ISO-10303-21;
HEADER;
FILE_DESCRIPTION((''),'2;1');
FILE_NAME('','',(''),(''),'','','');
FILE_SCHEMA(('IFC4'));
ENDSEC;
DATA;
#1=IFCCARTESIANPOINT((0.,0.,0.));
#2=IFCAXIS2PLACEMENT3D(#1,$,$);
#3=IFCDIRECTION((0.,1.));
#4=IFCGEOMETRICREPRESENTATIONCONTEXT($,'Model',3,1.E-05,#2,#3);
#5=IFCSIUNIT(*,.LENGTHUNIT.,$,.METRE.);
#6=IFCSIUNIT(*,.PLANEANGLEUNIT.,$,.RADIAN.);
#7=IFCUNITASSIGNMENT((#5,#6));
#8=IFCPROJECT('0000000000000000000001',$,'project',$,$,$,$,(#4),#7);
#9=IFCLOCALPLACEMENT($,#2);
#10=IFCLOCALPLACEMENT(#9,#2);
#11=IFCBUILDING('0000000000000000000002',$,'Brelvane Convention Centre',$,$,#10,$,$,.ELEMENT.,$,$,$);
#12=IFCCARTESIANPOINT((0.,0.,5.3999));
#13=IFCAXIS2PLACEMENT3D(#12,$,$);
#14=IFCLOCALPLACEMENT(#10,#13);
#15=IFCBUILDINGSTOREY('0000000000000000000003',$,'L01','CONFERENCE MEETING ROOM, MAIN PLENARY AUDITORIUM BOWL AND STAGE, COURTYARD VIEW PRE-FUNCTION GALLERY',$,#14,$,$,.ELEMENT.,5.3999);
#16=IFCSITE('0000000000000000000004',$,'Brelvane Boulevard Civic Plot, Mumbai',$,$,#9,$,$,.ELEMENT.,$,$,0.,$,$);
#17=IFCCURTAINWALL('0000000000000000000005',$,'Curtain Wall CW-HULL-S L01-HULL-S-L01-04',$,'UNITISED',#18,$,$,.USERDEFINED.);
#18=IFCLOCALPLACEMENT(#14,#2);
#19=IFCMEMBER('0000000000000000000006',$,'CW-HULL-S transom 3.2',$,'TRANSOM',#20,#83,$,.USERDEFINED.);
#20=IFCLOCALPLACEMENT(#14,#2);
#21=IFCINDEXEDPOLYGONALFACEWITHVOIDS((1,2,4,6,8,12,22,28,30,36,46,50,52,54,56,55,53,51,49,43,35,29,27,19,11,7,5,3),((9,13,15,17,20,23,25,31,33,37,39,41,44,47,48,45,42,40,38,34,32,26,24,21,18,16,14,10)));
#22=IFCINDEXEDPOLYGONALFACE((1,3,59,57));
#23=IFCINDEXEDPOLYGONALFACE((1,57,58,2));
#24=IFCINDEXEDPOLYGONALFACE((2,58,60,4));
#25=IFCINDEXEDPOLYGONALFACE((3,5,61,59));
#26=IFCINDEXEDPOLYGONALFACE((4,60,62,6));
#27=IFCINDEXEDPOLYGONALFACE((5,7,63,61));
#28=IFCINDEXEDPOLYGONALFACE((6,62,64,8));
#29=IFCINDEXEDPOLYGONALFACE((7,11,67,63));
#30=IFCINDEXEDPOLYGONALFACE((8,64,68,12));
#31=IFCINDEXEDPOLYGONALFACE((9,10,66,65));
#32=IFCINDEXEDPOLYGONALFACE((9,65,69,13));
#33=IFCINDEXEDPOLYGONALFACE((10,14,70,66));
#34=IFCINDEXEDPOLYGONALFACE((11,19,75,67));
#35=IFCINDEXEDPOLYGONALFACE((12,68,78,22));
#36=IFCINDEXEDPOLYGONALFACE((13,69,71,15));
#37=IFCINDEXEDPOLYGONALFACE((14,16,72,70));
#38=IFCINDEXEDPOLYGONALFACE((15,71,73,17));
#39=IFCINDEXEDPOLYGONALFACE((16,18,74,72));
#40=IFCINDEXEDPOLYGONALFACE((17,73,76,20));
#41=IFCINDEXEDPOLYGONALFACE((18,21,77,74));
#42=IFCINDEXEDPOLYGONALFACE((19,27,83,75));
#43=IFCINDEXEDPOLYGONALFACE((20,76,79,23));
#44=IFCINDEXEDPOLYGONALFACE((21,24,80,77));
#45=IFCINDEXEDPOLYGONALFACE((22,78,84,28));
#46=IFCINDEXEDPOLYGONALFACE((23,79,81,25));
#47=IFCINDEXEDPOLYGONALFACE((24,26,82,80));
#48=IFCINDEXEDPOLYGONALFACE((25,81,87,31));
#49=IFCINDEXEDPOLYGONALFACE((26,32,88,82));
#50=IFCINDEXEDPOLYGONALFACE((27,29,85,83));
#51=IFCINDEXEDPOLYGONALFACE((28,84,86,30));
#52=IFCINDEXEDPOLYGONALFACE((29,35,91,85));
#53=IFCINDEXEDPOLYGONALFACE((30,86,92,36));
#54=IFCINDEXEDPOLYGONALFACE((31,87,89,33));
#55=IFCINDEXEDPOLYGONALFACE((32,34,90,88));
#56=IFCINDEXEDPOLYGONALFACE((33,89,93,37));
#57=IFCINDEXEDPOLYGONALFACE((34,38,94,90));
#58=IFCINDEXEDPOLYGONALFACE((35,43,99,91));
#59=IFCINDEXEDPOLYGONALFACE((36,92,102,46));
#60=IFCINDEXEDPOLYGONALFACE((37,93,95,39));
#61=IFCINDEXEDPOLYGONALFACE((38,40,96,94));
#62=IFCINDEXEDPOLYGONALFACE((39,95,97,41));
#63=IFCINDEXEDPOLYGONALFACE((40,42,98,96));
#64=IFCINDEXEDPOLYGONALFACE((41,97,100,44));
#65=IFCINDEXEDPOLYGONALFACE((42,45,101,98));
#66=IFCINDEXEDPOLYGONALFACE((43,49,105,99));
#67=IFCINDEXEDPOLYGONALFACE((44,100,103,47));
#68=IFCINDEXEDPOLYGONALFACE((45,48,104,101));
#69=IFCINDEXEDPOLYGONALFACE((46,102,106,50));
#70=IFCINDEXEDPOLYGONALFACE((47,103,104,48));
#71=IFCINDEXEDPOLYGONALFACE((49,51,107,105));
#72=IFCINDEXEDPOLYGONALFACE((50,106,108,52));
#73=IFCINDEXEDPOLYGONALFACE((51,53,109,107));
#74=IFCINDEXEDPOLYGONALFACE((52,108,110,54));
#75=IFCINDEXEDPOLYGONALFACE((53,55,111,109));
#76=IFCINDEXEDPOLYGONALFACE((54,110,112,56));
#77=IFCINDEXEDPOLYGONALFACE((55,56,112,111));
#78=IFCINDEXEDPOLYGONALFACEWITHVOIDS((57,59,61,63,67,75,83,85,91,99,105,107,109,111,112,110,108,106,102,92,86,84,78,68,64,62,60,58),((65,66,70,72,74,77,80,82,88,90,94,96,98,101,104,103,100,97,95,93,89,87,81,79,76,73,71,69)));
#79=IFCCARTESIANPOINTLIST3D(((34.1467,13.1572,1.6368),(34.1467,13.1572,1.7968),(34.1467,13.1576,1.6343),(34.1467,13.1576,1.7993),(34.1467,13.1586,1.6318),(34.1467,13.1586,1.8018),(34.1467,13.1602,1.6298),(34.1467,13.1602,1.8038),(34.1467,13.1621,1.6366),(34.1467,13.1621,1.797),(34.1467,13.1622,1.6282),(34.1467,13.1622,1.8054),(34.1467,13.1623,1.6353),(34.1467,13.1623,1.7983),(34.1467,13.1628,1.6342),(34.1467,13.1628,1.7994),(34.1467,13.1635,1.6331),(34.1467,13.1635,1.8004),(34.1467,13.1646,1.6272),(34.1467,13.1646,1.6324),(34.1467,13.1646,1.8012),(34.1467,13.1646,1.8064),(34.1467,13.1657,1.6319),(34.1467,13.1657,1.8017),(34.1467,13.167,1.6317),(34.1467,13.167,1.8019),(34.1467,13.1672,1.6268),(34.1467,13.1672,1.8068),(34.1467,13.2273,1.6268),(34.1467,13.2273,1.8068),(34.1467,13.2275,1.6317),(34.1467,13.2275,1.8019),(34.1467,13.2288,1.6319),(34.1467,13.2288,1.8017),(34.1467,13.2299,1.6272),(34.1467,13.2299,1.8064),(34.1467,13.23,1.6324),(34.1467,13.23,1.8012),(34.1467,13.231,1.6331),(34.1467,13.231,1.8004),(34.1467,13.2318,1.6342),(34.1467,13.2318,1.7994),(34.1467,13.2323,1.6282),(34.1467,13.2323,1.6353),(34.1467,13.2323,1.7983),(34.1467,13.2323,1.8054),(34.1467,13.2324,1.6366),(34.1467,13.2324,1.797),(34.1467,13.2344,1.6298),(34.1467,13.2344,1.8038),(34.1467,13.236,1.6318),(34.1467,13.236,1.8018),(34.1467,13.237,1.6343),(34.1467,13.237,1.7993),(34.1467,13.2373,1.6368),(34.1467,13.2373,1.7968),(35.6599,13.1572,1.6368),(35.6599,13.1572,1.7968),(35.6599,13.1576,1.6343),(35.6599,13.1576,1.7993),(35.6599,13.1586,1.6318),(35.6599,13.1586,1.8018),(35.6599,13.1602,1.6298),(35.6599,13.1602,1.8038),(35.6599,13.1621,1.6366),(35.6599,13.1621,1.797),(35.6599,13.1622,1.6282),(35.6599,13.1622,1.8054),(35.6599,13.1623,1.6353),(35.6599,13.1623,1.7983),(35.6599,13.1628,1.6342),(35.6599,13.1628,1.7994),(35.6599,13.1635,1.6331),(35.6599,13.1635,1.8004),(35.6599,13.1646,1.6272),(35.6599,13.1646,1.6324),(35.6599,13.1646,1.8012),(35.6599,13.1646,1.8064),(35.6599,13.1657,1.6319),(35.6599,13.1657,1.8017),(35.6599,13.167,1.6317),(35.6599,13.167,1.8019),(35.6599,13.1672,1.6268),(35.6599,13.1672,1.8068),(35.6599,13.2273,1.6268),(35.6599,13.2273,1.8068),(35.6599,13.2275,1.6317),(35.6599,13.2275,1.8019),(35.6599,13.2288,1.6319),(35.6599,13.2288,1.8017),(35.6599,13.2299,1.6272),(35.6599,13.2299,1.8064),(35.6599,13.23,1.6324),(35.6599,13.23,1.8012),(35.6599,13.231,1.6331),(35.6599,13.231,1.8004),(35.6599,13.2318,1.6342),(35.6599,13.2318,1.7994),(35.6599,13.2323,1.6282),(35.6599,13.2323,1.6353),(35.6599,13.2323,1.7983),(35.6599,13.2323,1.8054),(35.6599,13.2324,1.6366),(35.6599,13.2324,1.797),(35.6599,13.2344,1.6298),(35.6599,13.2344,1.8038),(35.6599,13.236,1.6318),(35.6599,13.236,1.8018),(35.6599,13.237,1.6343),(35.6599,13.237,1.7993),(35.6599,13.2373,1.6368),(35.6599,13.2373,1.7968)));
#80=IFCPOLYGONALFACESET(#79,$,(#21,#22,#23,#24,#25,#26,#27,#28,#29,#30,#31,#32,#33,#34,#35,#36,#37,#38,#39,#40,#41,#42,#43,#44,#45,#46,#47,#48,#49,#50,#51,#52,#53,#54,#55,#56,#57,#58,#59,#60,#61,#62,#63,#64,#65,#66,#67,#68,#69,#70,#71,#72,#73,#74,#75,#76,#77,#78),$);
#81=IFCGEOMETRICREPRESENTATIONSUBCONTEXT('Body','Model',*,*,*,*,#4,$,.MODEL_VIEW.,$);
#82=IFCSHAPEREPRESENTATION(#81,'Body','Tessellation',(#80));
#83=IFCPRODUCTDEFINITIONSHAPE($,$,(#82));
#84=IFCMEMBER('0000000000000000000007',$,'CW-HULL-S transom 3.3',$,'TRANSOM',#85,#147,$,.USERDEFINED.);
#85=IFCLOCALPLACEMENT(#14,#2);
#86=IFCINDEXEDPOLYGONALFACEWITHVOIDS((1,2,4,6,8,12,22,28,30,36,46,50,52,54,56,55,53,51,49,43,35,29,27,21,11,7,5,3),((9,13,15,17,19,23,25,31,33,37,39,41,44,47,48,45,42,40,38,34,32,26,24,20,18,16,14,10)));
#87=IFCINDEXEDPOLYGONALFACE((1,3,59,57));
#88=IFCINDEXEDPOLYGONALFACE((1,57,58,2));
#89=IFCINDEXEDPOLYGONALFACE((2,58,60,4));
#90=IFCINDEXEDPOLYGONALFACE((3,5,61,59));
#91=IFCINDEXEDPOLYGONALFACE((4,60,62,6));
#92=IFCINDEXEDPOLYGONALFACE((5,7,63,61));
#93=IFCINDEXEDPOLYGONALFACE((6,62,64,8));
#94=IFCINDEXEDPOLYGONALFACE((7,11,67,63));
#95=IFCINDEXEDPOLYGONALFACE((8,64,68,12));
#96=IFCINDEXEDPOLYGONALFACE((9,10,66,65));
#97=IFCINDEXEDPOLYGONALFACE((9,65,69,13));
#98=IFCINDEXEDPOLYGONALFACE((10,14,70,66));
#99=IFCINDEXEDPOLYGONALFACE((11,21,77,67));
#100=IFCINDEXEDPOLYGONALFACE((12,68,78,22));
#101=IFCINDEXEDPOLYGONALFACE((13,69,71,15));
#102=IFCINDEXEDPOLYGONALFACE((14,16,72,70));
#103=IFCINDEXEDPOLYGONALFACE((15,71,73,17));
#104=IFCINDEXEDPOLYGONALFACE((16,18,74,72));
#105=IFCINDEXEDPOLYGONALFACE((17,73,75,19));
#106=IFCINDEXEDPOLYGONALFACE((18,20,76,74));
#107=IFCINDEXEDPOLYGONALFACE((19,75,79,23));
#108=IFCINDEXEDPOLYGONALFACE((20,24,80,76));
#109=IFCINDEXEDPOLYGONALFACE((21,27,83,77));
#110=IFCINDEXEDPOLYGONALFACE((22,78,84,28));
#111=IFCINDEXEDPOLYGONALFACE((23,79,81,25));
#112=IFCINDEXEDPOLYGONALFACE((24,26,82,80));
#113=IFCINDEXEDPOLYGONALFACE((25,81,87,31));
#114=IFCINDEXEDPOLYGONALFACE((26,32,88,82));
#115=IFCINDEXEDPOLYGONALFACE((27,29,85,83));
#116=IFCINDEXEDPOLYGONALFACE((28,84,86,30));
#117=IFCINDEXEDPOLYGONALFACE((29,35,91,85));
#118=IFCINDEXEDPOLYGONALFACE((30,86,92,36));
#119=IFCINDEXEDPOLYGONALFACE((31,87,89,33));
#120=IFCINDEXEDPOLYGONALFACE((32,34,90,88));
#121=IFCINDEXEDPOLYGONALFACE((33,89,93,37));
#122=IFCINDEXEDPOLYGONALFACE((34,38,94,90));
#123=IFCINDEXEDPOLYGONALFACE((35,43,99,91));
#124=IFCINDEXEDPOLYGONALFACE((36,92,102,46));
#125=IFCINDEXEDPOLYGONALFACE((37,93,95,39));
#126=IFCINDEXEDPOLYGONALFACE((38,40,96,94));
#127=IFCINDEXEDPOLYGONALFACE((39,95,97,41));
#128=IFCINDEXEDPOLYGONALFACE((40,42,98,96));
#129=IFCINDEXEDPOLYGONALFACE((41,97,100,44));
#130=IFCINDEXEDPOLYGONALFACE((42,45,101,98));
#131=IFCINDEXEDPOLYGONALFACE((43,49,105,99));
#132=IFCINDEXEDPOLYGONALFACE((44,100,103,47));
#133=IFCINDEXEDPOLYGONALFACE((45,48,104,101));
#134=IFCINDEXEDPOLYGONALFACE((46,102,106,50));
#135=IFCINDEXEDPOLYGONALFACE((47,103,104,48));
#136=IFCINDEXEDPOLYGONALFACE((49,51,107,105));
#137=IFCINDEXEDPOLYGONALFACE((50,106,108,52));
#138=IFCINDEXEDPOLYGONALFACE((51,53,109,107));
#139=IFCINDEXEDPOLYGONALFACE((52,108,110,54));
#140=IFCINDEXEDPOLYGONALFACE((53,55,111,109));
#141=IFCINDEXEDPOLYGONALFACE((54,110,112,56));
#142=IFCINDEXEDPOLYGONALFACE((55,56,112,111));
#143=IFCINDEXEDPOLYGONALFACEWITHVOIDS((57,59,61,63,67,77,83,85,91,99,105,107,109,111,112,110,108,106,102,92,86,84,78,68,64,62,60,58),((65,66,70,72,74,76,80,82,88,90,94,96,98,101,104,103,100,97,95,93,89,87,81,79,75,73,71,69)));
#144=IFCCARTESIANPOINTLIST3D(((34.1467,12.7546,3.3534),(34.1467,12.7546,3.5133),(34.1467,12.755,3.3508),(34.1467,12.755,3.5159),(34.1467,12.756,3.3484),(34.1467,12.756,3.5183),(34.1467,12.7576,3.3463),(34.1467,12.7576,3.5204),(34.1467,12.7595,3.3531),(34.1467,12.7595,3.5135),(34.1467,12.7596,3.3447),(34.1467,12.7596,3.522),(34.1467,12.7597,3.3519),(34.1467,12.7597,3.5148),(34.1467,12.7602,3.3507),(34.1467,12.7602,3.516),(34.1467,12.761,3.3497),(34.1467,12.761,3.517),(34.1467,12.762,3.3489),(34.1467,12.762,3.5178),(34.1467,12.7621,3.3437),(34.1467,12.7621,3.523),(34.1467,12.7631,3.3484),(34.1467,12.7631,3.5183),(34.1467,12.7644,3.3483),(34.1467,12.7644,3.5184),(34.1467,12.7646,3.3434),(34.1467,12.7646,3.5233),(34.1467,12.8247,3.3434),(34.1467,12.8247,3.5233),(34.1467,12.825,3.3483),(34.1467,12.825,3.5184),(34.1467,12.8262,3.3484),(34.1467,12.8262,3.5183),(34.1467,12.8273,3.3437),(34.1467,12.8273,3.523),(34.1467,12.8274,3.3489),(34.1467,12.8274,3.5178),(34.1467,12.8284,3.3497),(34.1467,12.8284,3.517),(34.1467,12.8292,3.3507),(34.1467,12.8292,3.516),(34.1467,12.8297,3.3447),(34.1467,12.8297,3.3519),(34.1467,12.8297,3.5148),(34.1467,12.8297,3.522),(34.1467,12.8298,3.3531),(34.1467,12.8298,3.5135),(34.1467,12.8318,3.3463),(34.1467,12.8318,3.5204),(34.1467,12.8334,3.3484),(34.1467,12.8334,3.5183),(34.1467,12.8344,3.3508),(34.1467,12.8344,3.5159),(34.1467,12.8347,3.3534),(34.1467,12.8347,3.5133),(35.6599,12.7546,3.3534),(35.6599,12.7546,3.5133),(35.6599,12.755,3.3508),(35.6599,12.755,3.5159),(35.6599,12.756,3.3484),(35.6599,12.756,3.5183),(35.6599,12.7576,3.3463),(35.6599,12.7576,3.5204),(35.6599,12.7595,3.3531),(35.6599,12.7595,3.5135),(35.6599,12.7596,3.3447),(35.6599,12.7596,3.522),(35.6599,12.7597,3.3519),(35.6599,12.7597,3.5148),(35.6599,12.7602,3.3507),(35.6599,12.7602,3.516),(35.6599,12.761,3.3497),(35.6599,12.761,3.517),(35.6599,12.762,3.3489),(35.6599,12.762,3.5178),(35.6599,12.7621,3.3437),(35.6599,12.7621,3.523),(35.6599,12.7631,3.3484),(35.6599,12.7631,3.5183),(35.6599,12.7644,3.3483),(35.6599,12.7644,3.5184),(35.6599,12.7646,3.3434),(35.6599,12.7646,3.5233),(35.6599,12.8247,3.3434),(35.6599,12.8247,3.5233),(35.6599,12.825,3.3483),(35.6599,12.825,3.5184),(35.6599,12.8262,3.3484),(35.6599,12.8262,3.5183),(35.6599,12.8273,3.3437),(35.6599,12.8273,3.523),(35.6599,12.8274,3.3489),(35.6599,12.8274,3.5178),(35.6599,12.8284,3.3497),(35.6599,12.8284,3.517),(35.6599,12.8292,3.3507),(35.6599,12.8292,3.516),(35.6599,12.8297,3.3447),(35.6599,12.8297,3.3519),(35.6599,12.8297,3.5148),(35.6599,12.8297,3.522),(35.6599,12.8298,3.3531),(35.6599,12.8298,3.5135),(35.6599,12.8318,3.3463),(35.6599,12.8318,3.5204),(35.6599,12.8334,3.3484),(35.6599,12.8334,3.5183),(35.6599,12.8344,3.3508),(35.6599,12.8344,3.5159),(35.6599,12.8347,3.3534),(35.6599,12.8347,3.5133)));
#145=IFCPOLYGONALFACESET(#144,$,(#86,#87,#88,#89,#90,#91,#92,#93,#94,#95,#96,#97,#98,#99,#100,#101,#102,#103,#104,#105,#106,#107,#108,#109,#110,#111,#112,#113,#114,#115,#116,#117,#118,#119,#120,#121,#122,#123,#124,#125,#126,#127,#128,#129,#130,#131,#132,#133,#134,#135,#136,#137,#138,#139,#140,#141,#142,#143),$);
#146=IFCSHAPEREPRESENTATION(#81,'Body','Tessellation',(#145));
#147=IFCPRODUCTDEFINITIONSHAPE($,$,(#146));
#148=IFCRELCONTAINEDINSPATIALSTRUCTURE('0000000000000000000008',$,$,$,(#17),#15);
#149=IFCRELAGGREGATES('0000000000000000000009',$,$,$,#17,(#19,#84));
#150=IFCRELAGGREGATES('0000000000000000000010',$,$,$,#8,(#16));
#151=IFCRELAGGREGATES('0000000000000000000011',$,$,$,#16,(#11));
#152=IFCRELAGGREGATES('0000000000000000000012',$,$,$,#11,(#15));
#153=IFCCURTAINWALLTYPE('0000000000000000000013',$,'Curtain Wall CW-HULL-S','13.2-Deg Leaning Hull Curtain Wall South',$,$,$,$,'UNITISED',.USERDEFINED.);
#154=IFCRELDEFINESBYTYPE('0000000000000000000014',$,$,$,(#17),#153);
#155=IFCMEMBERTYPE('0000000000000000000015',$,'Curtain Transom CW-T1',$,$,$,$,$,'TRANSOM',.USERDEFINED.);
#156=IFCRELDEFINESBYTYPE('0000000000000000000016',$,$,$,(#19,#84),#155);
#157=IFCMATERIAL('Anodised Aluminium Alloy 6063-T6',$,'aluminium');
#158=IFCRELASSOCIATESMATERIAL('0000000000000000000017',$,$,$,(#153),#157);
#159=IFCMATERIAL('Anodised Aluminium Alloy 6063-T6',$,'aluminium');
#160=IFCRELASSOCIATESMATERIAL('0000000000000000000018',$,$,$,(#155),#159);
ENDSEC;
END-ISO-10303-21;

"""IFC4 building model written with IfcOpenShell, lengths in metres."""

from ifc_helpers import new_model, si_unit, direction, frame, origin, origin_2d, place, context, subcontext, project, spatial, hollow_rectangle, extrude, material, material_profile, profile_set, type_object, element, aggregate, save


model = new_model("IFC4")

# Units and contexts
model_context = context("Model", 3, precision=1e-05, world=origin(), true_north=direction((0.0, 1.0)))
body_context = subcontext(model_context, "Body", "Model", "MODEL_VIEW")
ifc_project = project(units=[si_unit("LENGTHUNIT", "METRE"), si_unit("PLANEANGLEUNIT", "RADIAN")], contexts=[model_context])

# Site, building, storey
site_placement = place(None, origin())
site = spatial("IfcSite", under=ifc_project, at=site_placement, Name="Brelvane Boulevard Civic Plot, Mumbai", CompositionType="ELEMENT", RefElevation=0.0)
building_placement = place(site_placement, origin())
building = spatial("IfcBuilding", under=site, at=building_placement, Name="Brelvane Convention Centre", CompositionType="ELEMENT")
storey_placement = place(building_placement, frame((0.0, 0.0, 5.3999)))
storey = spatial("IfcBuildingStorey", under=building, at=storey_placement, Name="L01", Description="CONFERENCE MEETING ROOM, MAIN PLENARY AUDITORIUM BOWL AND STAGE, COURTYARD VIEW PRE-FUNCTION GALLERY", CompositionType="ELEMENT", Elevation=5.3999)

# Curtain wall, members
ifc_material_1 = material(Name="Anodised Aluminium Alloy 6063-T6", Category="aluminium")
curtain_wall_type = type_object("IfcCurtainWallType", Name="Curtain Wall CW-HULL-S", Description="13.2-Deg Leaning Hull Curtain Wall South", ElementType="UNITISED", PredefinedType="USERDEFINED", material=ifc_material_1)
curtain_wall_1_placement = place(storey_placement, origin())
curtain_wall_1 = element("IfcCurtainWall", 1, at=curtain_wall_1_placement, inside=storey, type_object=curtain_wall_type, Name="Curtain Wall CW-HULL-S L01-HULL-S-L01-04", ObjectType="UNITISED", PredefinedType="USERDEFINED")
ifc_material_2 = material(Name="Anodised Aluminium Alloy 6063-T6", Category="aluminium")
ifc_material_profile = material_profile(ifc_material_2, hollow_rectangle(XDim=0.0801, YDim=0.1799, WallThickness=0.0049, InnerFilletRadius=0.0049, OuterFilletRadius=0.01, at=origin_2d()), Name="ALU-T 180x80x5.0")
ifc_profile_set = profile_set([ifc_material_profile], Name="Anodised Aluminium Alloy 6063-T6")
member_type = type_object("IfcMemberType", Name="Curtain Transom CW-T1", ElementType="TRANSOM", PredefinedType="USERDEFINED", material=ifc_profile_set)
member_1_placement = place(storey_placement, frame((34.1467, 13.1973, 1.7168), z_axis=(1.0, 0.0, 0.0), x_axis=(0.0, 1.0, 0.0)))
member_1 = element("IfcMember", 2, at=member_1_placement, type_object=member_type, Name="CW-HULL-S transom 3.2", ObjectType="TRANSOM", PredefinedType="USERDEFINED", context=body_context, shape_type="SweptSolid", body=[
    extrude(hollow_rectangle(XDim=0.0801, YDim=0.1799, WallThickness=0.0049, InnerFilletRadius=0.0049, OuterFilletRadius=0.01, at=origin_2d()), origin(), (0.0, 0.0, 1.0), 1.5132),
])
member_2_placement = place(storey_placement, frame((34.1467, 12.7947, 3.4333), z_axis=(1.0, 0.0, 0.0), x_axis=(0.0, 1.0, 0.0)))
member_2 = element("IfcMember", 3, at=member_2_placement, type_object=member_type, Name="CW-HULL-S transom 3.3", ObjectType="TRANSOM", PredefinedType="USERDEFINED", context=body_context, shape_type="SweptSolid", body=[
    extrude(hollow_rectangle(XDim=0.0801, YDim=0.1799, WallThickness=0.0049, InnerFilletRadius=0.0049, OuterFilletRadius=0.01, at=origin_2d()), origin(), (0.0, 0.0, 1.0), 1.5132),
])

aggregate(curtain_wall_1, [member_1, member_2])

save(model, "model.ifc")
